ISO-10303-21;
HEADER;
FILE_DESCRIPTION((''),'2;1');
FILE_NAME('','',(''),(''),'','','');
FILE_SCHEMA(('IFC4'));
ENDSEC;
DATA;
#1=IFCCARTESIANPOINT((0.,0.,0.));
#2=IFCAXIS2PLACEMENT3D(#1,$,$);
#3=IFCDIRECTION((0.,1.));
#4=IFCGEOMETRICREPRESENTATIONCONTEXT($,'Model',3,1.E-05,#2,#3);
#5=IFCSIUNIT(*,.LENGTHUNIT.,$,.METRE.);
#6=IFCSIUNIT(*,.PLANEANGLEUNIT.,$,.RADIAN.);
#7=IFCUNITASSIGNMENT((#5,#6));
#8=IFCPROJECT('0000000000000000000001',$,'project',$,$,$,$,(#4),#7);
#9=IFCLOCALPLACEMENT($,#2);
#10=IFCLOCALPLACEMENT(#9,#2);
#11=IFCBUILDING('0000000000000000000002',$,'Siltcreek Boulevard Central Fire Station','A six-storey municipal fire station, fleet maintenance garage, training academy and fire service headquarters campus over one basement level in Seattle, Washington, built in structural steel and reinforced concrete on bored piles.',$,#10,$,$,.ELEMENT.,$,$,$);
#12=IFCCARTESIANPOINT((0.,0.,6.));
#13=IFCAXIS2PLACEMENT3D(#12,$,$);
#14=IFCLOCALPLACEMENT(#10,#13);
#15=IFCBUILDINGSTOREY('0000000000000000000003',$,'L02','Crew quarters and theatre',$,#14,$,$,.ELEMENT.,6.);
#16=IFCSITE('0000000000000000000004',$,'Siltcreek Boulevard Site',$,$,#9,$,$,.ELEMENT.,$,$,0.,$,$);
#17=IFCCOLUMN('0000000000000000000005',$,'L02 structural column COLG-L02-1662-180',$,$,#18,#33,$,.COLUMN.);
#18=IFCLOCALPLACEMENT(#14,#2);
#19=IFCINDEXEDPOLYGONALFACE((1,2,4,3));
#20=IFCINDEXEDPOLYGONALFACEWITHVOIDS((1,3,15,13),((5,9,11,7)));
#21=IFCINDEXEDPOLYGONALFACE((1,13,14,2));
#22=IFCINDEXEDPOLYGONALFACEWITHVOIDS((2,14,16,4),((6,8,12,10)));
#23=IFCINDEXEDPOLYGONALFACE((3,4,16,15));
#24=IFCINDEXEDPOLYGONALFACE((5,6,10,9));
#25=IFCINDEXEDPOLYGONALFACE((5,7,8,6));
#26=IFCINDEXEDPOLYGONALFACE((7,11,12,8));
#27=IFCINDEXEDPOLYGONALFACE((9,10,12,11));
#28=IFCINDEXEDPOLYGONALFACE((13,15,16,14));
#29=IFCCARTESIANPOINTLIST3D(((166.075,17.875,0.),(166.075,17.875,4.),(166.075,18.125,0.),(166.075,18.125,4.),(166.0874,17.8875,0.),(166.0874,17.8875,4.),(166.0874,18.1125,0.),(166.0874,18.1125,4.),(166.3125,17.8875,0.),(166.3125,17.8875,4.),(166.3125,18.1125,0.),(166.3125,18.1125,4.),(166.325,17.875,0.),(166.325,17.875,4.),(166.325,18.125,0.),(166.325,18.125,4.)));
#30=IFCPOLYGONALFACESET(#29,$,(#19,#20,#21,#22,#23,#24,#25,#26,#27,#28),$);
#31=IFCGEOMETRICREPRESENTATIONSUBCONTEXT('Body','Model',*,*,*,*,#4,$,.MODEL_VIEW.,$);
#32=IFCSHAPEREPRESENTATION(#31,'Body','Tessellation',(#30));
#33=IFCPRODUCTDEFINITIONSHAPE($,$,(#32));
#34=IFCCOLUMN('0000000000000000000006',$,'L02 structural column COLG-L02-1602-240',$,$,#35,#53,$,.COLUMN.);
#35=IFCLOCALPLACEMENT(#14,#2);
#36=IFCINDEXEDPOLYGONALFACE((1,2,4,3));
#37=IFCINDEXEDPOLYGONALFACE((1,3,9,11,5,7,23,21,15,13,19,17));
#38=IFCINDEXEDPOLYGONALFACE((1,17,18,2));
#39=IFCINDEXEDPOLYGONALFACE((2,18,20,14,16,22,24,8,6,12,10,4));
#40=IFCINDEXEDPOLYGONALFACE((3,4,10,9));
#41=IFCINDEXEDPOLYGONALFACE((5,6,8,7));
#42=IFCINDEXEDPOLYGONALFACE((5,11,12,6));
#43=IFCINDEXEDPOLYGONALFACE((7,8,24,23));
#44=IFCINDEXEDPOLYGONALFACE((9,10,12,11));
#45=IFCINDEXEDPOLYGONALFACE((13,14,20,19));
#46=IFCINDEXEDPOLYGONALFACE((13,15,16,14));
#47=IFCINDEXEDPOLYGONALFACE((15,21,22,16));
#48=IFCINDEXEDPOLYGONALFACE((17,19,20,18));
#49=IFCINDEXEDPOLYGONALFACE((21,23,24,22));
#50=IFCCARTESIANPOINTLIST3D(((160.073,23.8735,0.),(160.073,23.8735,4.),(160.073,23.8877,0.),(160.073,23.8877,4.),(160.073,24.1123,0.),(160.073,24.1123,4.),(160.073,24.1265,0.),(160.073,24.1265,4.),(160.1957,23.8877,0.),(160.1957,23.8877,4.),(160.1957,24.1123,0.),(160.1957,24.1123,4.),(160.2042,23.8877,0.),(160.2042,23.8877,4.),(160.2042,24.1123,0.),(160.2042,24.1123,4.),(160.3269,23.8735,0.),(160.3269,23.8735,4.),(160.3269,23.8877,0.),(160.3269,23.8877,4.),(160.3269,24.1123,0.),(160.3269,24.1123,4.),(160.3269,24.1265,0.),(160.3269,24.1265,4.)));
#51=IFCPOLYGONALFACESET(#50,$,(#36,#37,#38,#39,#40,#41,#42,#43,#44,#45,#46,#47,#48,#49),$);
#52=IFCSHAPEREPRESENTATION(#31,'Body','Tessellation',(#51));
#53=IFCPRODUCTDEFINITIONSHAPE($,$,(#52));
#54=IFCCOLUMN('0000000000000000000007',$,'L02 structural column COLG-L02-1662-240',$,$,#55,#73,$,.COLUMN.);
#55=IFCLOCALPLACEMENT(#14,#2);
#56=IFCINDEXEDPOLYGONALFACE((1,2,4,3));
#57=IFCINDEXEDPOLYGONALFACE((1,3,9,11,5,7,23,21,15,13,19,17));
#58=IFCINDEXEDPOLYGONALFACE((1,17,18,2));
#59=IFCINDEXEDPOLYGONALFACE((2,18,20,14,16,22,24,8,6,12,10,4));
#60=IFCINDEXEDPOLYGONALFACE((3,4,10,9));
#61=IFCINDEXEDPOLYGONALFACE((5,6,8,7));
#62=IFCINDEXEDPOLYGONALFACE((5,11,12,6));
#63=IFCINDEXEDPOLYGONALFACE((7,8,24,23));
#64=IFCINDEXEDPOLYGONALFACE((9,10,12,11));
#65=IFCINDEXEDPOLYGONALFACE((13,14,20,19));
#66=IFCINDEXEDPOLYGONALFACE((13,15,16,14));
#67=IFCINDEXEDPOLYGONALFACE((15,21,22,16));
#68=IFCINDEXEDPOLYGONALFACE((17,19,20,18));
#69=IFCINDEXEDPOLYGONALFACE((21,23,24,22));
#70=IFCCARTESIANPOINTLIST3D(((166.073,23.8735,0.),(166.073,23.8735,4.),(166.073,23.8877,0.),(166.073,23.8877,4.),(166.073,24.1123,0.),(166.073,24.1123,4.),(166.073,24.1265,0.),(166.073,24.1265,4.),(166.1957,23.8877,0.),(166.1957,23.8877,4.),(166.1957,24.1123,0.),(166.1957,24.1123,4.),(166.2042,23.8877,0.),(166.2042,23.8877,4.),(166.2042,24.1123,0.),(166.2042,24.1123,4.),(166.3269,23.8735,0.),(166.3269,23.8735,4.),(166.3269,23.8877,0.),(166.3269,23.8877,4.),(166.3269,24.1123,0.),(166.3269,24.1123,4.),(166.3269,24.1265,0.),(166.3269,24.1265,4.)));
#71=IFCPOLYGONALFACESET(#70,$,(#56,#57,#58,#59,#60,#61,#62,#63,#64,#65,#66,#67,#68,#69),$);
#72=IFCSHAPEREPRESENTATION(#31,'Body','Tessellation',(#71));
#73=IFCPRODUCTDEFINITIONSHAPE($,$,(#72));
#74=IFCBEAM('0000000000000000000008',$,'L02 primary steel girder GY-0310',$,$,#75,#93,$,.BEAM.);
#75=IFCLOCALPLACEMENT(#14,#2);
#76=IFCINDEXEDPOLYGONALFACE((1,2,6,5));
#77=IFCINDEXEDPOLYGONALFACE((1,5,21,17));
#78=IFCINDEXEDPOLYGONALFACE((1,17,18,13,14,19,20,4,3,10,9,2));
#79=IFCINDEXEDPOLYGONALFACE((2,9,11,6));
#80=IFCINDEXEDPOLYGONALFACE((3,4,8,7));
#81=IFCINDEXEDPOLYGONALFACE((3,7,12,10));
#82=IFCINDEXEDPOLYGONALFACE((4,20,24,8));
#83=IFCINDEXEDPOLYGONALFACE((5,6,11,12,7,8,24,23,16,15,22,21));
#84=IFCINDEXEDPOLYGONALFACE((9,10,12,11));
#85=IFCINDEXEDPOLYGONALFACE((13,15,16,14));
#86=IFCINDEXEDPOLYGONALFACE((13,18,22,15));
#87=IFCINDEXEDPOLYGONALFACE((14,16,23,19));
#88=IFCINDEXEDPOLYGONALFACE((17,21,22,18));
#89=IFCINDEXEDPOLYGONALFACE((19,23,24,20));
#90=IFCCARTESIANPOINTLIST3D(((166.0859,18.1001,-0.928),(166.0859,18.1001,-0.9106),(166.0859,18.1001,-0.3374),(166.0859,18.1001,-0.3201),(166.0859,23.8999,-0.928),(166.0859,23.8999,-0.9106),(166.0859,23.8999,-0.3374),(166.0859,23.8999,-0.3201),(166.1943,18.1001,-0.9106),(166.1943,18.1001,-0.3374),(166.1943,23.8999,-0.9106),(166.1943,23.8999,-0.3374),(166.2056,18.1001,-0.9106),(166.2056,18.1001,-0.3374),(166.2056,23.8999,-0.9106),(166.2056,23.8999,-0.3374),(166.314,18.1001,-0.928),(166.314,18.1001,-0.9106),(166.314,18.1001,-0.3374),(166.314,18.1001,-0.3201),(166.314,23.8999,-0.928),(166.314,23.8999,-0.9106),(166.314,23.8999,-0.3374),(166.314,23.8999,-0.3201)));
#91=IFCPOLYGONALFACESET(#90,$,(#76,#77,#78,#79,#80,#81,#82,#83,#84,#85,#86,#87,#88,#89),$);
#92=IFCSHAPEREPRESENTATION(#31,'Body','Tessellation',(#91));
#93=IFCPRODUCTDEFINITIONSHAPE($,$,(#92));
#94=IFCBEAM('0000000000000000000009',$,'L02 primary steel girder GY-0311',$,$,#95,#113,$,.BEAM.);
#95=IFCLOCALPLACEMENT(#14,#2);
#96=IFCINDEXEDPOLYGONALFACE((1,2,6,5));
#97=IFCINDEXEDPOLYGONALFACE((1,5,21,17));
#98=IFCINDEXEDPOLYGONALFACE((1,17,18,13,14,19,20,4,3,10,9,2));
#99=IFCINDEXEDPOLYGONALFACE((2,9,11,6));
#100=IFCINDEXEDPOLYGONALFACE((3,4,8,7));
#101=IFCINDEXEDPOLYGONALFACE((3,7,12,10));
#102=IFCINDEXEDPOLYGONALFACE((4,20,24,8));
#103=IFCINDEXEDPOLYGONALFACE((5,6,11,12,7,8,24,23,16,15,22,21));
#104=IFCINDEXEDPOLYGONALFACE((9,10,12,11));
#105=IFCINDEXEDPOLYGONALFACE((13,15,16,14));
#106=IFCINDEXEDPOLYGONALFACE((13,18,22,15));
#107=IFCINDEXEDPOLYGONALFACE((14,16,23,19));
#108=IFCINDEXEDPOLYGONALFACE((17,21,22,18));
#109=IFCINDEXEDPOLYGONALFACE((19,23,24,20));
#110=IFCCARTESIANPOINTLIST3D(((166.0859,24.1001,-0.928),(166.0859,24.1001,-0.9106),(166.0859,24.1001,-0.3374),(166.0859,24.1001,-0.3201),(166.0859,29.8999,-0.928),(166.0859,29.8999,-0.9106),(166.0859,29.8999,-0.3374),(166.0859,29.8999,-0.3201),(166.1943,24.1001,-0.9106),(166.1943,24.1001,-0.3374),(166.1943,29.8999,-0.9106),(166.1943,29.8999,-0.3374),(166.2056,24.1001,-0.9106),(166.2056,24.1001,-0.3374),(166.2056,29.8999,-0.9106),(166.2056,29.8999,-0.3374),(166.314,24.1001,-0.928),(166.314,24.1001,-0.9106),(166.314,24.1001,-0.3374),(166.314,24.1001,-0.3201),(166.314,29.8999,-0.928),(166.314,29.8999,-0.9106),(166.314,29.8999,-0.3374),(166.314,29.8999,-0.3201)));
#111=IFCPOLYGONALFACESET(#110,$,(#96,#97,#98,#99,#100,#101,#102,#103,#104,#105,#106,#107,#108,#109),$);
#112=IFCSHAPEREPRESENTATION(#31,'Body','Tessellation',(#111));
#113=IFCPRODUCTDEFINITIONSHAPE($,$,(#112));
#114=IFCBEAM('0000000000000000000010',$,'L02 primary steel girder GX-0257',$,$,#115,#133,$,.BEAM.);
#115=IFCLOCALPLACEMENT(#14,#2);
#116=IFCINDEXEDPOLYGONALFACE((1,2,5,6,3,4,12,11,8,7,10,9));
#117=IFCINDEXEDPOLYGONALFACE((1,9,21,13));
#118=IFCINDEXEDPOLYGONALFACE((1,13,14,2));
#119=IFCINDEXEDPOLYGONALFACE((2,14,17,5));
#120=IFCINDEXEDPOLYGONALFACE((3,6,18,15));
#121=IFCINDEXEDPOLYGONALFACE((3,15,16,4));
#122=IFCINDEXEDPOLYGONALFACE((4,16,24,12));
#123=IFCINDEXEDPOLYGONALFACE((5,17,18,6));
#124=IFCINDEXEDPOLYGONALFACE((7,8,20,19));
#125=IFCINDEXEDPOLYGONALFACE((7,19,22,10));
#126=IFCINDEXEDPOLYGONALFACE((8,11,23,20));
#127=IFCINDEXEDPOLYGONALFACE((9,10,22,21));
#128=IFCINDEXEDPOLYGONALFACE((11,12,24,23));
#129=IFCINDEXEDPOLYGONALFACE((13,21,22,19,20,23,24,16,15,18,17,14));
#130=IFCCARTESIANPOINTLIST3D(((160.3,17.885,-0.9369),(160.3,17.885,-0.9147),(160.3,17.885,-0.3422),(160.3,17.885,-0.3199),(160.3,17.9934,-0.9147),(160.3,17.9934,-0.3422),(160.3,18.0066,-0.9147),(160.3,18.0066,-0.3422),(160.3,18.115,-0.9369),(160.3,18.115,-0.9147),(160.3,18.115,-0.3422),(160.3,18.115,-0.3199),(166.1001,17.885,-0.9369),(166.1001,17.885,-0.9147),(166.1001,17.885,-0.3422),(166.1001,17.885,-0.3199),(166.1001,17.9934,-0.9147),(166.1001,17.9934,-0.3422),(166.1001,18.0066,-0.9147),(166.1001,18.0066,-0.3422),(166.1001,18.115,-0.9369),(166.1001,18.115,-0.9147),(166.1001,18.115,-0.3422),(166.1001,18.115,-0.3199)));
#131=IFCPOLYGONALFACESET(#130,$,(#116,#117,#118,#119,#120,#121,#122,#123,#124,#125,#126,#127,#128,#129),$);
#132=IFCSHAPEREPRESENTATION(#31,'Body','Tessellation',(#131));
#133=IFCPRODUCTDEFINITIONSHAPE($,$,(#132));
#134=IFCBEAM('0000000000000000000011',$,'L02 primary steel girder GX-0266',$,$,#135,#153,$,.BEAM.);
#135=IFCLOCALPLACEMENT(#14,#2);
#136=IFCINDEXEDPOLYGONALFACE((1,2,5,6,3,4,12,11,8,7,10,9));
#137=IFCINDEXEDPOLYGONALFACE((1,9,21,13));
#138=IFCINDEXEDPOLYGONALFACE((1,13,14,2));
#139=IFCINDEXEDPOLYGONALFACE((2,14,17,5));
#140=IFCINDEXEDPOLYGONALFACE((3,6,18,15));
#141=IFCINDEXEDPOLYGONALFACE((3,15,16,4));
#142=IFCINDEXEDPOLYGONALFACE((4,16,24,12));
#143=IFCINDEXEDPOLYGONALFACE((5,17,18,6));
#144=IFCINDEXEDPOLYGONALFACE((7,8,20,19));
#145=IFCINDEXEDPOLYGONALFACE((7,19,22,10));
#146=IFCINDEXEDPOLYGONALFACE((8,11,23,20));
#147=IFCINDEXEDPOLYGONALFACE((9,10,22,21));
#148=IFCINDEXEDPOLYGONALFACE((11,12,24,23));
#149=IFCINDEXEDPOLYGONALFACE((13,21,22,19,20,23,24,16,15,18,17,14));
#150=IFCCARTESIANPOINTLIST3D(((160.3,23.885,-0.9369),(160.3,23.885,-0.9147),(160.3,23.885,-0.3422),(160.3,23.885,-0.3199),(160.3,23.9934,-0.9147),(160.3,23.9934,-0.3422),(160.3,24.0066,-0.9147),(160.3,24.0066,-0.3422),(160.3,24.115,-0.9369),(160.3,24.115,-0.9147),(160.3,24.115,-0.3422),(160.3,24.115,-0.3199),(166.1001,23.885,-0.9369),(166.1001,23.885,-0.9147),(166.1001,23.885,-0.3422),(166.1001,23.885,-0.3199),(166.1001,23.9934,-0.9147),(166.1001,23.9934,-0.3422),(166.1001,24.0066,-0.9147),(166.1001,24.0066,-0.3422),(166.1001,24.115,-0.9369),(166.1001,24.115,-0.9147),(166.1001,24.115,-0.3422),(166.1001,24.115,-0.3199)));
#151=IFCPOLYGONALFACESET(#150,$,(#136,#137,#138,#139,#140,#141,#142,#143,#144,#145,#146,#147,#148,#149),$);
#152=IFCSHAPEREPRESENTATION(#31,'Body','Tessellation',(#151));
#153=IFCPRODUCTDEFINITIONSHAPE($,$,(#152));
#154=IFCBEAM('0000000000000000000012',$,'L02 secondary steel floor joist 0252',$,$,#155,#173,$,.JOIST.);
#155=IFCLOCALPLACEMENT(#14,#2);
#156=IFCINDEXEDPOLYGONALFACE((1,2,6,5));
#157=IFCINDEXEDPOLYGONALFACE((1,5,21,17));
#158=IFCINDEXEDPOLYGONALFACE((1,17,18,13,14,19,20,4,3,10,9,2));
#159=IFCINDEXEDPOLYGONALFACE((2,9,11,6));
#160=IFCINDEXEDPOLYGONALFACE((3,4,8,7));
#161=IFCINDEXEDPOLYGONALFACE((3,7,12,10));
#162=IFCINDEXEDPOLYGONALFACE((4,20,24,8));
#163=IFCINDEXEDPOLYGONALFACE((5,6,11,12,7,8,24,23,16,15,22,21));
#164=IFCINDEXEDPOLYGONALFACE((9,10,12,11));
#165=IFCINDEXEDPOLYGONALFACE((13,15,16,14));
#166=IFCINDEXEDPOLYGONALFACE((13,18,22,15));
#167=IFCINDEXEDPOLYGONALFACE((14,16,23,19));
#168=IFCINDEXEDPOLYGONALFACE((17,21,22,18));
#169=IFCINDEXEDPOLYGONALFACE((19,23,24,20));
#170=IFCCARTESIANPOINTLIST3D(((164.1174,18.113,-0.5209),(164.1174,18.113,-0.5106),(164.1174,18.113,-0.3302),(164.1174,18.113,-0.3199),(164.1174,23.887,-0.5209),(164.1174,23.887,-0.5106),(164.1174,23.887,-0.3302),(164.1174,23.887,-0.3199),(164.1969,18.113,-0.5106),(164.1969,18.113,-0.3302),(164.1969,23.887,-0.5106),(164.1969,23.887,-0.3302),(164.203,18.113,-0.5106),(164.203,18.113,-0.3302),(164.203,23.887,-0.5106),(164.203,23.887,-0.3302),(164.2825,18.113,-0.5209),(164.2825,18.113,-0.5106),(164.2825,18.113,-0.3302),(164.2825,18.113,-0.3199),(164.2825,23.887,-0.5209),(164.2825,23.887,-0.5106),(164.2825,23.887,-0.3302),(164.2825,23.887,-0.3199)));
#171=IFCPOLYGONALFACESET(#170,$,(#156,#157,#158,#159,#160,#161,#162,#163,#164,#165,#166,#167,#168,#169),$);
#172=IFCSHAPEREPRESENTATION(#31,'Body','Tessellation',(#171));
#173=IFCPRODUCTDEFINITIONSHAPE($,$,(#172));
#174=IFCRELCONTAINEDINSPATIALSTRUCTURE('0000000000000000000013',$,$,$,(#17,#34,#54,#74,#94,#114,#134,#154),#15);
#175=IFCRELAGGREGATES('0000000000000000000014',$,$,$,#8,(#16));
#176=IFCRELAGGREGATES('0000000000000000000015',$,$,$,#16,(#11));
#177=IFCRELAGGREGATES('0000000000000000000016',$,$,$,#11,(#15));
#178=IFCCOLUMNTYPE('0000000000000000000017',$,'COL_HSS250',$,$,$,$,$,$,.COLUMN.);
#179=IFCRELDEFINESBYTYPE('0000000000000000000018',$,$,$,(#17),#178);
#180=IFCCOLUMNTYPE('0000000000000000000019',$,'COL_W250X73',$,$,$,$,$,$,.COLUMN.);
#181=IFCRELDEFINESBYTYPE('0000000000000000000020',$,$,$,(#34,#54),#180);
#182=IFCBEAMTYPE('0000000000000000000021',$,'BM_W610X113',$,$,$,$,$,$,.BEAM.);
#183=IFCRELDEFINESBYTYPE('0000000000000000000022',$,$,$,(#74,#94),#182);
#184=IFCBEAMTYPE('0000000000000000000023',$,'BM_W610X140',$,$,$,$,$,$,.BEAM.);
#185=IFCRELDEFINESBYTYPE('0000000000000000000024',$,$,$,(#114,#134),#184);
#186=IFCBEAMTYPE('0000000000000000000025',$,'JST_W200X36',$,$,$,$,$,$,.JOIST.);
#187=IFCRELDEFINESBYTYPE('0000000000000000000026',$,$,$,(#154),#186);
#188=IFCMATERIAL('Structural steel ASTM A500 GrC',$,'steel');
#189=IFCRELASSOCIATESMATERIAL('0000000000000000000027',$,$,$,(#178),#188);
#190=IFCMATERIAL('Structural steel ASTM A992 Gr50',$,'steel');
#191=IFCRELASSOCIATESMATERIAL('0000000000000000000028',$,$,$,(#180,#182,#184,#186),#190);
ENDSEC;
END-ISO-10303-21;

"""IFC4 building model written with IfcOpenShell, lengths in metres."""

from ifc_helpers import new_model, si_unit, direction, frame, origin, origin_2d, place, context, subcontext, project, spatial, hollow_rectangle, i_section, extrude, material, material_profile, profile_set, type_object, element, save


model = new_model("IFC4")

# Units and contexts
model_context = context("Model", 3, precision=1e-05, world=origin(), true_north=direction((0.0, 1.0)))
body_context = subcontext(model_context, "Body", "Model", "MODEL_VIEW")
ifc_project = project(units=[si_unit("LENGTHUNIT", "METRE"), si_unit("PLANEANGLEUNIT", "RADIAN")], contexts=[model_context])

# Site, building, storey
site_placement = place(None, origin())
site = spatial("IfcSite", under=ifc_project, at=site_placement, Name="Siltcreek Boulevard Site", CompositionType="ELEMENT", RefElevation=0.0)
building_placement = place(site_placement, origin())
building = spatial("IfcBuilding", under=site, at=building_placement, Name="Siltcreek Boulevard Central Fire Station", Description="A six-storey municipal fire station, fleet maintenance garage, training academy and fire service headquarters campus over one basement level in Seattle, Washington, built in structural steel and reinforced concrete on bored piles.", CompositionType="ELEMENT")
storey_placement = place(building_placement, frame((0.0, 0.0, 6.0)))
storey = spatial("IfcBuildingStorey", under=building, at=storey_placement, Name="L02", Description="Crew quarters and theatre", CompositionType="ELEMENT", Elevation=6.0)

# Columns
ifc_material_1 = material(Name="Structural steel ASTM A500 GrC", Category="steel")
ifc_material_profile_1 = material_profile(ifc_material_1, hollow_rectangle(XDim=0.25, YDim=0.25, WallThickness=0.0125, at=origin_2d()), Name="HSS250X250X12.5")
ifc_profile_set_1 = profile_set([ifc_material_profile_1], Name="Structural steel ASTM A500 GrC")
column_type_1 = type_object("IfcColumnType", Name="COL_HSS250", PredefinedType="COLUMN", material=ifc_profile_set_1)
column_placement = place(storey_placement, frame((166.2, 18.0, 0.0), z_axis=(0.0, 0.0, 1.0), x_axis=(1.0, 0.0, 0.0)))
element("IfcColumn", 1, at=column_placement, inside=storey, type_object=column_type_1, Name="L02 structural column COLG-L02-1662-180", PredefinedType="COLUMN", context=body_context, shape_type="SweptSolid", body=[
    extrude(hollow_rectangle(XDim=0.25, YDim=0.25, WallThickness=0.0125, at=origin_2d()), origin(), (0.0, 0.0, 1.0), 4.0),
])
ifc_material_2 = material(Name="Structural steel ASTM A992 Gr50", Category="steel")
ifc_material_profile_2 = material_profile(ifc_material_2, i_section(OverallWidth=0.2539, OverallDepth=0.2529, WebThickness=0.0085, FlangeThickness=0.0142, at=origin_2d()), Name="W250X73")
ifc_profile_set_2 = profile_set([ifc_material_profile_2], Name="Structural steel ASTM A992 Gr50")
column_type_2 = type_object("IfcColumnType", Name="COL_W250X73", PredefinedType="COLUMN", material=ifc_profile_set_2)
for number, where, z_axis, x_axis, name in (
    (2, (160.2, 24.0, 0.0), (0.0, 0.0, 1.0), (1.0, 0.0, 0.0), "L02 structural column COLG-L02-1602-240"),
    (3, (166.2, 24.0, 0.0), (0.0, 0.0, 1.0), (1.0, 0.0, 0.0), "L02 structural column COLG-L02-1662-240"),
):
    element("IfcColumn", number, at=place(storey_placement, frame(where, z_axis=z_axis, x_axis=x_axis)), inside=storey, type_object=column_type_2, Name=name, PredefinedType="COLUMN", context=body_context, shape_type="SweptSolid", body=[
        extrude(i_section(OverallWidth=0.2539, OverallDepth=0.2529, WebThickness=0.0085, FlangeThickness=0.0142, at=origin_2d()), origin(), (0.0, 0.0, 1.0), 4.0),
    ])

# Beams
ifc_material_profile_3 = material_profile(ifc_material_2, i_section(OverallWidth=0.228, OverallDepth=0.6079, WebThickness=0.0112, FlangeThickness=0.0173, at=origin_2d()), Name="W610X113")
ifc_profile_set_3 = profile_set([ifc_material_profile_3], Name="Structural steel ASTM A992 Gr50")
beam_type_1 = type_object("IfcBeamType", Name="BM_W610X113", PredefinedType="BEAM", material=ifc_profile_set_3)
for number, where, z_axis, x_axis, name in (
    (4, (166.2, 18.1001, -0.624), (0.0, 1.0, 0.0), (-1.0, 0.0, 0.0), "L02 primary steel girder GY-0310"),
    (5, (166.2, 24.1001, -0.624), (0.0, 1.0, 0.0), (-1.0, 0.0, 0.0), "L02 primary steel girder GY-0311"),
):
    element("IfcBeam", number, at=place(storey_placement, frame(where, z_axis=z_axis, x_axis=x_axis)), inside=storey, type_object=beam_type_1, Name=name, PredefinedType="BEAM", context=body_context, shape_type="SweptSolid", body=[
        extrude(i_section(OverallWidth=0.228, OverallDepth=0.6079, WebThickness=0.0112, FlangeThickness=0.0173, at=origin_2d()), origin(), (0.0, 0.0, 1.0), 5.7998),
    ])
ifc_material_profile_4 = material_profile(ifc_material_2, i_section(OverallWidth=0.23, OverallDepth=0.6169, WebThickness=0.0132, FlangeThickness=0.0222, at=origin_2d()), Name="W610X140")
ifc_profile_set_4 = profile_set([ifc_material_profile_4], Name="Structural steel ASTM A992 Gr50")
beam_type_2 = type_object("IfcBeamType", Name="BM_W610X140", PredefinedType="BEAM", material=ifc_profile_set_4)
for number, where, z_axis, x_axis, name in (
    (6, (160.3, 18.0, -0.6284), (1.0, 0.0, 0.0), (0.0, 1.0, 0.0), "L02 primary steel girder GX-0257"),
    (7, (160.3, 24.0, -0.6284), (1.0, 0.0, 0.0), (0.0, 1.0, 0.0), "L02 primary steel girder GX-0266"),
):
    element("IfcBeam", number, at=place(storey_placement, frame(where, z_axis=z_axis, x_axis=x_axis)), inside=storey, type_object=beam_type_2, Name=name, PredefinedType="BEAM", context=body_context, shape_type="SweptSolid", body=[
        extrude(i_section(OverallWidth=0.23, OverallDepth=0.6169, WebThickness=0.0132, FlangeThickness=0.0222, at=origin_2d()), origin(), (0.0, 0.0, 1.0), 5.8),
    ])
ifc_material_profile_5 = material_profile(ifc_material_2, i_section(OverallWidth=0.165, OverallDepth=0.2009, WebThickness=0.0061, FlangeThickness=0.0103, at=origin_2d()), Name="W200X36")
ifc_profile_set_5 = profile_set([ifc_material_profile_5], Name="Structural steel ASTM A992 Gr50")
beam_type_3 = type_object("IfcBeamType", Name="JST_W200X36", PredefinedType="JOIST", material=ifc_profile_set_5)
beam_1_placement = place(storey_placement, frame((164.2, 18.113, -0.4204), z_axis=(0.0, 1.0, 0.0), x_axis=(-1.0, 0.0, 0.0)))
element("IfcBeam", 8, at=beam_1_placement, inside=storey, type_object=beam_type_3, Name="L02 secondary steel floor joist 0252", PredefinedType="JOIST", context=body_context, shape_type="SweptSolid", body=[
    extrude(i_section(OverallWidth=0.165, OverallDepth=0.2009, WebThickness=0.0061, FlangeThickness=0.0103, at=origin_2d()), origin(), (0.0, 0.0, 1.0), 5.7739),
])

save(model, "model.ifc")
